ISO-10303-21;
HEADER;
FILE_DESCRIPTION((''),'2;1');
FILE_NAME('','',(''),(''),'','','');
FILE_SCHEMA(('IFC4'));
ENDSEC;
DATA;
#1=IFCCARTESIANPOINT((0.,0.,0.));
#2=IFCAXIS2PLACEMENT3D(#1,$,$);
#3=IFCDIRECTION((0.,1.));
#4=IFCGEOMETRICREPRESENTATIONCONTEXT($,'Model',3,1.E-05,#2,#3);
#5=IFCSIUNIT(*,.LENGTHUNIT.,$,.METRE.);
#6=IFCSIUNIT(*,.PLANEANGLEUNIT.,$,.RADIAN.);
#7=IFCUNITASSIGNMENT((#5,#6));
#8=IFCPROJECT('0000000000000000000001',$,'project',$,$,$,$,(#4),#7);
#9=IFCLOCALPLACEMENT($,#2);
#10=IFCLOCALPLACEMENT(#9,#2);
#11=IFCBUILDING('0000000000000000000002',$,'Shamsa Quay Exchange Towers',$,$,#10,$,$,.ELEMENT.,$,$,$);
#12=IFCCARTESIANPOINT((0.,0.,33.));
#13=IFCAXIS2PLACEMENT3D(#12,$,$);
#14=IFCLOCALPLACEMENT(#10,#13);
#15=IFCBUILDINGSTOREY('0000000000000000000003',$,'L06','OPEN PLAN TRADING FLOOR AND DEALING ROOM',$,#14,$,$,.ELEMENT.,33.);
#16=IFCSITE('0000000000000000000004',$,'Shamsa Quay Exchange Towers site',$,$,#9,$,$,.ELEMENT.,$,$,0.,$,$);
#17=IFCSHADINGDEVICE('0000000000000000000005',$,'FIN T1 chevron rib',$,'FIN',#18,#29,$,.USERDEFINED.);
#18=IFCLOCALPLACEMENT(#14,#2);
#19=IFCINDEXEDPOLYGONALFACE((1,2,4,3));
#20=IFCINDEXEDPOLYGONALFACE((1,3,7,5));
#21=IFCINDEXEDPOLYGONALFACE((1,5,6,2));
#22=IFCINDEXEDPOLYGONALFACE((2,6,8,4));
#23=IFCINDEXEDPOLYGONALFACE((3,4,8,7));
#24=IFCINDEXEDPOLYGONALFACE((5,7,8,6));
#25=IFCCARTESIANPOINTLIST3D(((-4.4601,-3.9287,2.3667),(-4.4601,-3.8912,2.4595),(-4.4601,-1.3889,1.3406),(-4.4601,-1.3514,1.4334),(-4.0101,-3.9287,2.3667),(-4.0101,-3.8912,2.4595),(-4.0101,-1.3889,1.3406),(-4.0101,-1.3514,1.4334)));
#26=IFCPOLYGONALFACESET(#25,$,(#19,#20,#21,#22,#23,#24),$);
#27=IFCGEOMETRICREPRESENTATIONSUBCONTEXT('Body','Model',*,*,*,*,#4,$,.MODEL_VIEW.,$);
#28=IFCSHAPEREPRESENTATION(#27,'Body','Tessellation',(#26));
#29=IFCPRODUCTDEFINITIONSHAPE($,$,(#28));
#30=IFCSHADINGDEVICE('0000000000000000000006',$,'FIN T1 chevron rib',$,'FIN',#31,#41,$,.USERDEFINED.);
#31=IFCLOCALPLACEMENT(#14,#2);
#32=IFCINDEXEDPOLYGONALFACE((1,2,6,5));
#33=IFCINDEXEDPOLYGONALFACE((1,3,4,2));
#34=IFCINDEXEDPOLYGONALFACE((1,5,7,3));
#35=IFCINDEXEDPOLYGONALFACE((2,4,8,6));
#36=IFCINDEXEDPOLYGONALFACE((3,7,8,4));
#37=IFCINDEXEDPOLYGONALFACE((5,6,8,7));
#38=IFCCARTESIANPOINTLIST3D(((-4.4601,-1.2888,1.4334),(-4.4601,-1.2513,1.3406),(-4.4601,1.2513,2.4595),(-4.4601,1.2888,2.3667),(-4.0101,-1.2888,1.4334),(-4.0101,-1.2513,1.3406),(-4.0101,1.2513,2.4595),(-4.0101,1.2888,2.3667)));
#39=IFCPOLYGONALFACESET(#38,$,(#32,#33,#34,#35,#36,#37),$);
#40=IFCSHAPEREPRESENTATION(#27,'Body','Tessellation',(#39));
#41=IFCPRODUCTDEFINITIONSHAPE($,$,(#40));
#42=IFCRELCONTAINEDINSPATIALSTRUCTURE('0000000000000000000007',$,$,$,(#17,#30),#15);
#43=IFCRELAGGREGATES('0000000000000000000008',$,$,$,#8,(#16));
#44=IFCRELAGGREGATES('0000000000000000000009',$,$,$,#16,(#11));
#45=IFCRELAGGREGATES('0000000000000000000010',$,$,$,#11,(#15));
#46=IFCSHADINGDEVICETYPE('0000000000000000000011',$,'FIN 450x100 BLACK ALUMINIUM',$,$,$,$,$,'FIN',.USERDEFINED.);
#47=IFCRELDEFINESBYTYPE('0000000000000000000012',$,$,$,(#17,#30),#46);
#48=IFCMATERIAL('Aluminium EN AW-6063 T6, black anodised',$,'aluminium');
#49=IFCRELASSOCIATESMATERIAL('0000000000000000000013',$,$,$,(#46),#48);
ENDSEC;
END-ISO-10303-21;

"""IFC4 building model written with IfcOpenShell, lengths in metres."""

from ifc_helpers import new_model, si_unit, direction, frame, origin, origin_2d, place, context, subcontext, project, spatial, rectangle, extrude, material, material_profile, profile_set, type_object, element, save


model = new_model("IFC4")

# Units and contexts
model_context = context("Model", 3, precision=1e-05, world=origin(), true_north=direction((0.0, 1.0)))
body_context = subcontext(model_context, "Body", "Model", "MODEL_VIEW")
ifc_project = project(units=[si_unit("LENGTHUNIT", "METRE"), si_unit("PLANEANGLEUNIT", "RADIAN")], contexts=[model_context])

# Site, building, storey
site_placement = place(None, origin())
site = spatial("IfcSite", under=ifc_project, at=site_placement, Name="Shamsa Quay Exchange Towers site", CompositionType="ELEMENT", RefElevation=0.0)
building_placement = place(site_placement, origin())
building = spatial("IfcBuilding", under=site, at=building_placement, Name="Shamsa Quay Exchange Towers", CompositionType="ELEMENT")
storey_placement = place(building_placement, frame((0.0, 0.0, 33.0)))
storey = spatial("IfcBuildingStorey", under=building, at=storey_placement, Name="L06", Description="OPEN PLAN TRADING FLOOR AND DEALING ROOM", CompositionType="ELEMENT", Elevation=33.0)

# Shared definitions
ifc_material_1 = material(Name="Aluminium EN AW-6063 T6, black anodised", Category="aluminium")

# Shading devices
ifc_material_profile_1 = material_profile(ifc_material_1, rectangle(XDim=0.45, YDim=0.1001, at=origin_2d()), Name="FIN450x100")
ifc_profile_set_1 = profile_set([ifc_material_profile_1], Name="Aluminium EN AW-6063 T6, black anodised")
shading_device_type = type_object("IfcShadingDeviceType", Name="FIN 450x100 BLACK ALUMINIUM", ElementType="FIN", PredefinedType="USERDEFINED", material=ifc_profile_set_1)
shading_device_1_placement = place(storey_placement, frame((-4.2351, -3.9099, 2.4131), z_axis=(0.0, 0.927186, -0.3746), x_axis=(-1.0, 0.0, 0.0)))
element("IfcShadingDevice", 1, at=shading_device_1_placement, inside=storey, type_object=shading_device_type, Name="FIN T1 chevron rib", ObjectType="FIN", PredefinedType="USERDEFINED", context=body_context, shape_type="SweptSolid", body=[
    extrude(rectangle(XDim=0.45, YDim=0.1001, at=origin_2d()), origin(), (0.0, 0.0, 1.0), 2.7393),
])
shading_device_2_placement = place(storey_placement, frame((-4.2351, -1.27, 1.387), z_axis=(0.0, 0.927199, 0.374569), x_axis=(-1.0, 0.0, 0.0)))
element("IfcShadingDevice", 2, at=shading_device_2_placement, inside=storey, type_object=shading_device_type, Name="FIN T1 chevron rib", ObjectType="FIN", PredefinedType="USERDEFINED", context=body_context, shape_type="SweptSolid", body=[
    extrude(rectangle(XDim=0.45, YDim=0.1001, at=origin_2d()), origin(), (0.0, 0.0, 1.0), 2.7395),
])

save(model, "model.ifc")
